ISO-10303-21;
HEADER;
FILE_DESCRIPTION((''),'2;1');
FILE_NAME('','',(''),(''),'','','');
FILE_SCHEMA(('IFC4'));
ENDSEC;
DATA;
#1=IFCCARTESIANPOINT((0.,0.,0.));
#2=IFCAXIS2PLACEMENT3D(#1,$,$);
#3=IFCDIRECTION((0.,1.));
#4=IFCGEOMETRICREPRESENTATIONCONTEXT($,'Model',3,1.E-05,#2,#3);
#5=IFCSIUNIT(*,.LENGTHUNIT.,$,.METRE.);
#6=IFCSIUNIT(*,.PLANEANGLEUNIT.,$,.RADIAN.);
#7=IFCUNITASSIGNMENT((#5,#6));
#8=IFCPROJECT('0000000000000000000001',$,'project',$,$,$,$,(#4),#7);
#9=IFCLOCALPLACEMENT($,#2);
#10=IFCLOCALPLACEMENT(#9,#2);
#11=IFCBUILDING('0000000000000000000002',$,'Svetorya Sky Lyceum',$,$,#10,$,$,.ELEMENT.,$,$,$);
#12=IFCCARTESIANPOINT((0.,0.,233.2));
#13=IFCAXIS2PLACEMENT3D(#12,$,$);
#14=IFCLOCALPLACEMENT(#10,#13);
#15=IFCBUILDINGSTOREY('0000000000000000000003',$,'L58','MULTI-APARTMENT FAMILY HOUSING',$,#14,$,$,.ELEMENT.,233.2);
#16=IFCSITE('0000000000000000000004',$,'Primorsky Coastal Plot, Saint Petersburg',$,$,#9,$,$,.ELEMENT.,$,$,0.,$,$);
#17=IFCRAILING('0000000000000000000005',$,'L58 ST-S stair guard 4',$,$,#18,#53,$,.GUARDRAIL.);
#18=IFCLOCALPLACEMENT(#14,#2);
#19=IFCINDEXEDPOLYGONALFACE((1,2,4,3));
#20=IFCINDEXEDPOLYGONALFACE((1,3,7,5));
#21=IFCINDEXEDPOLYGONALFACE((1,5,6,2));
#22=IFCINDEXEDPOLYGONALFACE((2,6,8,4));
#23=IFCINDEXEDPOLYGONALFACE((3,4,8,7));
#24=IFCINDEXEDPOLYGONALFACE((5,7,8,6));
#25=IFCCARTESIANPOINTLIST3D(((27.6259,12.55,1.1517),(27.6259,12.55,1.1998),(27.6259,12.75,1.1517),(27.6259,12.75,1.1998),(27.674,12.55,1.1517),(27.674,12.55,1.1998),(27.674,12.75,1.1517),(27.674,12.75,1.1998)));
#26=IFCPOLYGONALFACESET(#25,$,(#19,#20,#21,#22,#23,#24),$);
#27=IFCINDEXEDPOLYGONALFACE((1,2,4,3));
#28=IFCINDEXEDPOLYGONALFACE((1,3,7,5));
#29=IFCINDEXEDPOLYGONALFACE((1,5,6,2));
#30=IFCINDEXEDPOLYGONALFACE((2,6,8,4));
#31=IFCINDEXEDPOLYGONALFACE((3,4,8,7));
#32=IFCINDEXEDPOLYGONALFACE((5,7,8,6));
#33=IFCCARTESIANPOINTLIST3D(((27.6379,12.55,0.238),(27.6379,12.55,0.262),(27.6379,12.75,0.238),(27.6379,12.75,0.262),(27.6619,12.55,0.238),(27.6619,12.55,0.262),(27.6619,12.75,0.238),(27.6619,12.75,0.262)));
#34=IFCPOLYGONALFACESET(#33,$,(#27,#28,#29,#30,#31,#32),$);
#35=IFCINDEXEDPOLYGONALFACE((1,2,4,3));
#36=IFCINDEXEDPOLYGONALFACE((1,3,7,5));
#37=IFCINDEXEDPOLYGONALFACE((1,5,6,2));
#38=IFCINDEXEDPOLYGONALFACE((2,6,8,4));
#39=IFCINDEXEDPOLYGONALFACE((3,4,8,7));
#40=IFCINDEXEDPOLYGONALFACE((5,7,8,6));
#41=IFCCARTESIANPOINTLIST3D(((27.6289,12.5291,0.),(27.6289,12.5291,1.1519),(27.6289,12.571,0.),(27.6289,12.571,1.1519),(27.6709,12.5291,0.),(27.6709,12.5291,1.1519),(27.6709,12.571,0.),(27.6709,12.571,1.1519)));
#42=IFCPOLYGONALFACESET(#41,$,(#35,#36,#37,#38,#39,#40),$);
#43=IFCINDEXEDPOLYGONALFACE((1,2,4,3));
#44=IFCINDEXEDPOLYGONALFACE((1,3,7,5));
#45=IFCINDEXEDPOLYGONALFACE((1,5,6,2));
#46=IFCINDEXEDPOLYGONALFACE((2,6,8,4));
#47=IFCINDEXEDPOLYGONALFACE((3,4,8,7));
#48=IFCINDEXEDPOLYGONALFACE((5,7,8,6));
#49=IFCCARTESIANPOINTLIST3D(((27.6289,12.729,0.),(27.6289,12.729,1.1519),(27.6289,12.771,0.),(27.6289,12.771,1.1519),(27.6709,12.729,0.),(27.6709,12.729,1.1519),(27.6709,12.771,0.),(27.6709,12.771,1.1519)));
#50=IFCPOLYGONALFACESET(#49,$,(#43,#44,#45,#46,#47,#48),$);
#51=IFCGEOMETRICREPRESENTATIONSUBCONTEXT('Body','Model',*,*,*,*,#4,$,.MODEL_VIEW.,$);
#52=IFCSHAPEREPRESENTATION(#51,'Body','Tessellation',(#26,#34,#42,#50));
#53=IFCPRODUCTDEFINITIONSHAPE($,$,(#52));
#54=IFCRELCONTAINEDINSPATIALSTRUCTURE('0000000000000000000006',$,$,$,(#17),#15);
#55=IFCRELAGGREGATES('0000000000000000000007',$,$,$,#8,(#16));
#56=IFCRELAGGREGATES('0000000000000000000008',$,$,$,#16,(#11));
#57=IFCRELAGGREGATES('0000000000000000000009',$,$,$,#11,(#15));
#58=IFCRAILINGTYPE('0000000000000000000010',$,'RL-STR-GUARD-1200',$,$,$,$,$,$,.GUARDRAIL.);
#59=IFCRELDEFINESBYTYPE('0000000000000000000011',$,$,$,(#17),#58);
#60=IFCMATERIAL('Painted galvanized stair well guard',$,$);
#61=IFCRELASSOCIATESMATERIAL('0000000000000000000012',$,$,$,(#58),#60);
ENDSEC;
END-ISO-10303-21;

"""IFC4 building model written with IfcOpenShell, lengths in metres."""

from ifc_helpers import new_model, si_unit, direction, frame, origin, origin_2d, place, context, subcontext, project, spatial, rectangle, extrude, material, type_object, element, save


model = new_model("IFC4")

# Units and contexts
model_context = context("Model", 3, precision=1e-05, world=origin(), true_north=direction((0.0, 1.0)))
body_context = subcontext(model_context, "Body", "Model", "MODEL_VIEW")
ifc_project = project(units=[si_unit("LENGTHUNIT", "METRE"), si_unit("PLANEANGLEUNIT", "RADIAN")], contexts=[model_context])

# Site, building, storey
site_placement = place(None, origin())
site = spatial("IfcSite", under=ifc_project, at=site_placement, Name="Primorsky Coastal Plot, Saint Petersburg", CompositionType="ELEMENT", RefElevation=0.0)
building_placement = place(site_placement, origin())
building = spatial("IfcBuilding", under=site, at=building_placement, Name="Svetorya Sky Lyceum", CompositionType="ELEMENT")
storey_placement = place(building_placement, frame((0.0, 0.0, 233.2)))
storey = spatial("IfcBuildingStorey", under=building, at=storey_placement, Name="L58", Description="MULTI-APARTMENT FAMILY HOUSING", CompositionType="ELEMENT", Elevation=233.2)

# Railing
ifc_material_1 = material(Name="Painted galvanized stair well guard")
railing_type = type_object("IfcRailingType", Name="RL-STR-GUARD-1200", PredefinedType="GUARDRAIL", material=ifc_material_1)
railing_placement = place(storey_placement, frame((27.6499, 12.55, 0.0)))
element("IfcRailing", 1, at=railing_placement, inside=storey, type_object=railing_type, Name="L58 ST-S stair guard 4", PredefinedType="GUARDRAIL", context=body_context, shape_type="SweptSolid", body=[
    extrude(rectangle(XDim=0.0481, YDim=0.0481, at=origin_2d()), frame((0.0, 0.0, 1.1758), z_axis=(0.0, 1.0, 0.0), x_axis=(-1.0, 0.0, 0.0)), (0.0, 0.0, 1.0), 0.2),
    extrude(rectangle(XDim=0.0239, YDim=0.0239, at=origin_2d()), frame((0.0, 0.0, 0.25), z_axis=(0.0, 1.0, 0.0), x_axis=(-1.0, 0.0, 0.0)), (0.0, 0.0, 1.0), 0.2),
    extrude(rectangle(XDim=0.042, YDim=0.042, at=origin_2d()), origin(), (0.0, 0.0, 1.0), 1.1519),
    extrude(rectangle(XDim=0.042, YDim=0.042, at=origin_2d()), frame((0.0, 0.2, 0.0)), (0.0, 0.0, 1.0), 1.1519),
])

save(model, "model.ifc")
